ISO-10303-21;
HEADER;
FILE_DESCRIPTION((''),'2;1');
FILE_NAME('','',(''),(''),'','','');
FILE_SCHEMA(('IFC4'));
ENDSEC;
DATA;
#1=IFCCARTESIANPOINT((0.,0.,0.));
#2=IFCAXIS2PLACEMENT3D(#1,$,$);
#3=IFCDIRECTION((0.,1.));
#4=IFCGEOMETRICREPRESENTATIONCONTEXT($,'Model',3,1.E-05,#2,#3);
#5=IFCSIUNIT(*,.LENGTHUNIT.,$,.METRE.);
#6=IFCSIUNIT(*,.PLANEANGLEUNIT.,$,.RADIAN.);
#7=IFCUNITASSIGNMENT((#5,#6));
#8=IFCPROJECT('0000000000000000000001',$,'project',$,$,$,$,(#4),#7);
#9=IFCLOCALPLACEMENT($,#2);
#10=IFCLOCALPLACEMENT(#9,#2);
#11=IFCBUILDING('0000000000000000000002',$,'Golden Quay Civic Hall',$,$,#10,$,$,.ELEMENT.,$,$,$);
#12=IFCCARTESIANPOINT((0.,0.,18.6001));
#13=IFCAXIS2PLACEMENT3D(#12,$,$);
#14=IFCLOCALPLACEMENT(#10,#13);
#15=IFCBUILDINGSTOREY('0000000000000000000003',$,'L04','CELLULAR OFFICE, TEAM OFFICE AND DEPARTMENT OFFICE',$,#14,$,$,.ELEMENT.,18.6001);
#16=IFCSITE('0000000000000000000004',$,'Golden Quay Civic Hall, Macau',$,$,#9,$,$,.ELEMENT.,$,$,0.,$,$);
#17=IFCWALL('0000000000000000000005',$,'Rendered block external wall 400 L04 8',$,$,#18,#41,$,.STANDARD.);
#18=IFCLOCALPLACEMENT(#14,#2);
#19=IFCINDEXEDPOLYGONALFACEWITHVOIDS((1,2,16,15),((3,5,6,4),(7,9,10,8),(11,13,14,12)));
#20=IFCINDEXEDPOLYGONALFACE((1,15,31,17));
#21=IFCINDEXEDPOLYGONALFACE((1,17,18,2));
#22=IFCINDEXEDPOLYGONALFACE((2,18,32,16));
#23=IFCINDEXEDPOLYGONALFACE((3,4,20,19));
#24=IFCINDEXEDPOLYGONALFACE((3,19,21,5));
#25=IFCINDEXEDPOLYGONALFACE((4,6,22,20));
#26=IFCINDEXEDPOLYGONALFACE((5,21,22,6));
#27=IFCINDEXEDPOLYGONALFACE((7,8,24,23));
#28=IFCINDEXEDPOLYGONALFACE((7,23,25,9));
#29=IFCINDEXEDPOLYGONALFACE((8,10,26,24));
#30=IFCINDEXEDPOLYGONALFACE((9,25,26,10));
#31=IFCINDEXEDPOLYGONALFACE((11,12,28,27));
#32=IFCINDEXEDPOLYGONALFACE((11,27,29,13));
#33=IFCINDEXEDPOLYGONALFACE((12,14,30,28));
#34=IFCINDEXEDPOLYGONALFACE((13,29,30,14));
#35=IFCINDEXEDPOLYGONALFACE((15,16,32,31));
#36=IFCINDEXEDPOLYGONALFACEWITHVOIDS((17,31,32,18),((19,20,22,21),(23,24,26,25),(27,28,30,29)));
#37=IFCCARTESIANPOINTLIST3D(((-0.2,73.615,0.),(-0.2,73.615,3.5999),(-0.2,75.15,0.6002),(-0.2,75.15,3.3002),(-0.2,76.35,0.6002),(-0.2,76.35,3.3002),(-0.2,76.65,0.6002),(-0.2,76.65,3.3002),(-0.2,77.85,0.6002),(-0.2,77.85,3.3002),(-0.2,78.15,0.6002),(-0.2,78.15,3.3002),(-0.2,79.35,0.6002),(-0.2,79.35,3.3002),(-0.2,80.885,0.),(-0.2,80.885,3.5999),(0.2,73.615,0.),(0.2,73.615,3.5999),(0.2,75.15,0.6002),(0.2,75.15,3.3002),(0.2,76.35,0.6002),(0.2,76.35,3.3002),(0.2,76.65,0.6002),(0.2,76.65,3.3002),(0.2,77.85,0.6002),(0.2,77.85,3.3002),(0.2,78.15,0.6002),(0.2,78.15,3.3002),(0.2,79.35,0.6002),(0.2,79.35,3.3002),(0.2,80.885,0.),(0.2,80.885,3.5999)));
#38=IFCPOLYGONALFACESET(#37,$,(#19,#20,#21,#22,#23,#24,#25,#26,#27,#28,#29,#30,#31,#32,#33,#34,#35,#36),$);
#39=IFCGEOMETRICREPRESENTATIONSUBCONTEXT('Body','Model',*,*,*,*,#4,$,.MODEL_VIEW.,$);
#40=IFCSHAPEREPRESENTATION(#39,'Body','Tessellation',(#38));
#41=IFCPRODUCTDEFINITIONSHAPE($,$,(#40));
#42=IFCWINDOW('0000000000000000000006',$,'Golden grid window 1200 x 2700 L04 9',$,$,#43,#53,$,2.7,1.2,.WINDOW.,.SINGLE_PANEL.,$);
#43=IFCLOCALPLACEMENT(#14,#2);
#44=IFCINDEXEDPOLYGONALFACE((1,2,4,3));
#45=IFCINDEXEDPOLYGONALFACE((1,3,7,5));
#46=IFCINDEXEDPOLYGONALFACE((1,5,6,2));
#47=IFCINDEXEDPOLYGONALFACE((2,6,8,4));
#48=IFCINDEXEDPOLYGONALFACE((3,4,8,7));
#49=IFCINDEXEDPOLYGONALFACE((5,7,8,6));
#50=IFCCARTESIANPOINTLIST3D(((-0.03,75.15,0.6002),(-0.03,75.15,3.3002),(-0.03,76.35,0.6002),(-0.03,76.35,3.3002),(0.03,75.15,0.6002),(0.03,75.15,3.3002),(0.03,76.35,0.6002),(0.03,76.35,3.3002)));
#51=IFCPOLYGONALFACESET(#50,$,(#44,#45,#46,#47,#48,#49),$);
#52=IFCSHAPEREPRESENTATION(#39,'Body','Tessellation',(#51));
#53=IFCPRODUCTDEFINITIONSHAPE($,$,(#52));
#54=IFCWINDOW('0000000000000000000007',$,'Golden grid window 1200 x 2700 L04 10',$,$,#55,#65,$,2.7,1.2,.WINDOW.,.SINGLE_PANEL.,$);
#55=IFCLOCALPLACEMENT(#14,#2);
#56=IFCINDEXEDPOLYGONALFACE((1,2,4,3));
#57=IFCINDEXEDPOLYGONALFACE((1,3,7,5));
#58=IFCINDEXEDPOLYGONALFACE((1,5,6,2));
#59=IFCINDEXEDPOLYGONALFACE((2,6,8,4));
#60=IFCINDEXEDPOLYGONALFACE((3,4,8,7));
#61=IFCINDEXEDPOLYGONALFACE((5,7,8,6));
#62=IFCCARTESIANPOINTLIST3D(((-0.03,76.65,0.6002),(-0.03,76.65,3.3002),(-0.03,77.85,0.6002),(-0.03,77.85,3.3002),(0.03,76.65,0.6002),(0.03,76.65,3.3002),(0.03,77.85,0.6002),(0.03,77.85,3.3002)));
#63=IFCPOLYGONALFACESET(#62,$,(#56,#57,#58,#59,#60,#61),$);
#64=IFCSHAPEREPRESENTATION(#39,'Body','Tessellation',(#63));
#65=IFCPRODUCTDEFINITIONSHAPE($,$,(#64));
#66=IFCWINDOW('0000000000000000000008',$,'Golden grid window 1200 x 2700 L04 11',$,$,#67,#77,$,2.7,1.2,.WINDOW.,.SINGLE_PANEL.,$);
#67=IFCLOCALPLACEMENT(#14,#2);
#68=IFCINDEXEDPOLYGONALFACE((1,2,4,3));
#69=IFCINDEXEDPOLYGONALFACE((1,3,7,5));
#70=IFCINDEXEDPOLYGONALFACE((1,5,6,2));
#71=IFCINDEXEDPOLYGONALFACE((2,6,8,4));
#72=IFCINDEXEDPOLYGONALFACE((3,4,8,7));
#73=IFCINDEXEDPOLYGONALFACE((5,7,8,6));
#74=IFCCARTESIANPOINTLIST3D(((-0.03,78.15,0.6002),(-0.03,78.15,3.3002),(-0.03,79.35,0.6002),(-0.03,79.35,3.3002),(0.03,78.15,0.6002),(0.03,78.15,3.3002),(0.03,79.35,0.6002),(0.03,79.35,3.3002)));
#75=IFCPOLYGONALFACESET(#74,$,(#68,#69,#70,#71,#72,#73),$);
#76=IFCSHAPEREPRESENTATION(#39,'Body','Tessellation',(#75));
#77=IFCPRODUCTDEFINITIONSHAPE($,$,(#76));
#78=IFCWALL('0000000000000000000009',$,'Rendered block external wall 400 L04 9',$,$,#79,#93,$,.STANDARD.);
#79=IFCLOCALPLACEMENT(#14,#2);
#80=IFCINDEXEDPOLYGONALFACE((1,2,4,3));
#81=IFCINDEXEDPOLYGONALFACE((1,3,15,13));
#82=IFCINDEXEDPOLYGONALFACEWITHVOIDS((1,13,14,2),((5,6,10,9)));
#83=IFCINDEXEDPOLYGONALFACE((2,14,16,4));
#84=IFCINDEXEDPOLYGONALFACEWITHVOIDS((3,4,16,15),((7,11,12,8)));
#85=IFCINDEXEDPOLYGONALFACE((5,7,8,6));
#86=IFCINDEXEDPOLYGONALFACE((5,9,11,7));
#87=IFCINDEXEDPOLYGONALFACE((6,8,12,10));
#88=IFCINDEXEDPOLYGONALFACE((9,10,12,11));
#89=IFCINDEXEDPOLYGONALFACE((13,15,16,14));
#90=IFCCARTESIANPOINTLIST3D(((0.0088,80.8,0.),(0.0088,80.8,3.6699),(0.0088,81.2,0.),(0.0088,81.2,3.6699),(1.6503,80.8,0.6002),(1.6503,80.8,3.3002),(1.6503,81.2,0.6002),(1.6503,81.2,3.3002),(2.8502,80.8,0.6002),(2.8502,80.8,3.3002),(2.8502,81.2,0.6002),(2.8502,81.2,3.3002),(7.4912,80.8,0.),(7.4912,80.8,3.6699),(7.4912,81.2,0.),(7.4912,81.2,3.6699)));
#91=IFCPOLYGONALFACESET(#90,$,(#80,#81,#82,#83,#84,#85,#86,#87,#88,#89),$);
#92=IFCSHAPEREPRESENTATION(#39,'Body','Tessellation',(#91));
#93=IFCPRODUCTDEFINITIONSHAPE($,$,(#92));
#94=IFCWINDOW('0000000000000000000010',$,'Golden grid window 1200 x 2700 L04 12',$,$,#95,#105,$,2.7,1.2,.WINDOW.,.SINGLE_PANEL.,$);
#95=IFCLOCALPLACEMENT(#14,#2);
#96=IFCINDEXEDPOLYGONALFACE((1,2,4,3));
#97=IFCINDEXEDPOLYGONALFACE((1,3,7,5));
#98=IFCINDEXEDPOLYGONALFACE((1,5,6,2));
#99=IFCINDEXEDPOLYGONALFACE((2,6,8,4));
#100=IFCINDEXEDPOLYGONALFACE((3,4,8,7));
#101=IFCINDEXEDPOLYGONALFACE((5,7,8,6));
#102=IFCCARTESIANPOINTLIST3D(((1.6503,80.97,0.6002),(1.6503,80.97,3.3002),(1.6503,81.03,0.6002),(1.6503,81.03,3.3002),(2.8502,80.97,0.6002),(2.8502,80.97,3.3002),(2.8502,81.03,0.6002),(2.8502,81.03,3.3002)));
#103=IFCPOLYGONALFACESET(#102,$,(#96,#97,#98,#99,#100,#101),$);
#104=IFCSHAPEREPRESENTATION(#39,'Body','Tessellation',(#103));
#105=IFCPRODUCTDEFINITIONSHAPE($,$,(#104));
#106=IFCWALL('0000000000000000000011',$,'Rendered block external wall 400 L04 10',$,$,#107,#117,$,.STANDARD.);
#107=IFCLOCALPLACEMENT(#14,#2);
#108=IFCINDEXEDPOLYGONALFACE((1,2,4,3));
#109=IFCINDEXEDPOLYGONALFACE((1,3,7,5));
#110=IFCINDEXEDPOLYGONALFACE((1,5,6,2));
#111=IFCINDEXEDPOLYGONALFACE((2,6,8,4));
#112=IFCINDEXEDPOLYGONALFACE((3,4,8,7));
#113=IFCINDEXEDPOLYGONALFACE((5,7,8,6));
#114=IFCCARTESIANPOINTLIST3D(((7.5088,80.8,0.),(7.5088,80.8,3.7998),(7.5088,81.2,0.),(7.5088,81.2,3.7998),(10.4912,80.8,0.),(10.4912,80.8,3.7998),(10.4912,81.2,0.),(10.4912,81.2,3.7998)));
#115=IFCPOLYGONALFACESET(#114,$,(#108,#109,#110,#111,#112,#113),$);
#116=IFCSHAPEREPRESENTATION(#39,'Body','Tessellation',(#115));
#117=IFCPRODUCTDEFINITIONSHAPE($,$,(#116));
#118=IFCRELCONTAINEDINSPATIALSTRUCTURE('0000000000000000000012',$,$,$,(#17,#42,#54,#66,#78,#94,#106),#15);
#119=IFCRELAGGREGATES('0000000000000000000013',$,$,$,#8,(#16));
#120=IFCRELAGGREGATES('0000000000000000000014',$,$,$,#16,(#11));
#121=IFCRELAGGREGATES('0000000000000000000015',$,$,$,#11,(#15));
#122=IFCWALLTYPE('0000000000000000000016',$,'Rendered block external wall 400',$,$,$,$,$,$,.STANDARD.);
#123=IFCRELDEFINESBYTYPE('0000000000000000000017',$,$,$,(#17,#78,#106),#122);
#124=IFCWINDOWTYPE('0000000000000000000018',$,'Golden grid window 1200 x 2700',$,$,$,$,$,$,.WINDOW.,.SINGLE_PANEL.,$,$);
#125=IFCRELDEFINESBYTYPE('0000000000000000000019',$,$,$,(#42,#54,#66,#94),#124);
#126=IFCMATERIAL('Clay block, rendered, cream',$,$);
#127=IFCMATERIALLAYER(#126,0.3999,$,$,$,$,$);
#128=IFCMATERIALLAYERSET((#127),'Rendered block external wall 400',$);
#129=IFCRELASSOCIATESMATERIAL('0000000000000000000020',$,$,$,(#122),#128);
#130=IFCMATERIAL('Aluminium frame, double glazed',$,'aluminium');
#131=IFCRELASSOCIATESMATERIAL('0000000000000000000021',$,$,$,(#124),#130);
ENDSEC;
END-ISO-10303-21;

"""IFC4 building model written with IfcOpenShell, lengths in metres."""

from ifc_helpers import new_model, si_unit, direction, frame, frame_2d, origin, place, context, subcontext, project, spatial, rectangle, extrude, material, layer, layer_set, type_object, element, fill, save


model = new_model("IFC4")

# Units and contexts
model_context = context("Model", 3, precision=1e-05, world=origin(), true_north=direction((0.0, 1.0)))
body_context = subcontext(model_context, "Body", "Model", "MODEL_VIEW")
ifc_project = project(units=[si_unit("LENGTHUNIT", "METRE"), si_unit("PLANEANGLEUNIT", "RADIAN")], contexts=[model_context])

# Site, building, storey
site_placement = place(None, origin())
site = spatial("IfcSite", under=ifc_project, at=site_placement, Name="Golden Quay Civic Hall, Macau", CompositionType="ELEMENT", RefElevation=0.0)
building_placement = place(site_placement, origin())
building = spatial("IfcBuilding", under=site, at=building_placement, Name="Golden Quay Civic Hall", CompositionType="ELEMENT")
storey_placement = place(building_placement, frame((0.0, 0.0, 18.6001)))
storey = spatial("IfcBuildingStorey", under=building, at=storey_placement, Name="L04", Description="CELLULAR OFFICE, TEAM OFFICE AND DEPARTMENT OFFICE", CompositionType="ELEMENT", Elevation=18.6001)

# Wall, openings, windows
ifc_material_1 = material(Name="Clay block, rendered, cream")
ifc_layer_1 = layer(ifc_material_1, 0.3999)
ifc_layer_set_1 = layer_set([ifc_layer_1], Name="Rendered block external wall 400")
wall_type_1 = type_object("IfcWallType", Name="Rendered block external wall 400", PredefinedType="STANDARD", material=ifc_layer_set_1)
wall_1_placement = place(storey_placement, frame((0.0, 73.615, 0.0), z_axis=(0.0, 0.0, 1.0), x_axis=(0.0, 1.0, 0.0)))
wall_1 = element("IfcWall", 1, at=wall_1_placement, inside=storey, type_object=wall_type_1, Name="Rendered block external wall 400 L04 8", PredefinedType="STANDARD", context=body_context, shape_type="SweptSolid", body=[
    extrude(rectangle(XDim=7.27, YDim=0.3999, at=frame_2d((3.635, 0.0))), origin(), (0.0, 0.0, 1.0), 3.5999),
])
opening_1_placement = place(wall_1_placement, frame((1.5349, 0.0, 0.6001)))
opening_1 = element("IfcOpeningElement", 2, at=opening_1_placement, cuts=wall_1, PredefinedType="OPENING", context=body_context, shape_type="SweptSolid", body=[
    extrude(rectangle(XDim=1.2, YDim=2.7, at=frame_2d((0.6001, 1.3501))), frame((0.0, 0.21, 0.0), z_axis=(0.0, -1.0, 0.0), x_axis=(1.0, 0.0, 0.0)), (0.0, 0.0, 1.0), 0.4199),
])
opening_2_placement = place(wall_1_placement, frame((3.0349, 0.0, 0.6001)))
opening_2 = element("IfcOpeningElement", 3, at=opening_2_placement, cuts=wall_1, PredefinedType="OPENING", context=body_context, shape_type="SweptSolid", body=[
    extrude(rectangle(XDim=1.2, YDim=2.7, at=frame_2d((0.6001, 1.3501))), frame((0.0, 0.21, 0.0), z_axis=(0.0, -1.0, 0.0), x_axis=(1.0, 0.0, 0.0)), (0.0, 0.0, 1.0), 0.4199),
])
opening_3_placement = place(wall_1_placement, frame((4.5349, 0.0, 0.6001)))
opening_3 = element("IfcOpeningElement", 4, at=opening_3_placement, cuts=wall_1, PredefinedType="OPENING", context=body_context, shape_type="SweptSolid", body=[
    extrude(rectangle(XDim=1.2, YDim=2.7, at=frame_2d((0.6001, 1.3501))), frame((0.0, 0.21, 0.0), z_axis=(0.0, -1.0, 0.0), x_axis=(1.0, 0.0, 0.0)), (0.0, 0.0, 1.0), 0.4199),
])
ifc_material_2 = material(Name="Aluminium frame, double glazed", Category="aluminium")
window_type = type_object("IfcWindowType", Name="Golden grid window 1200 x 2700", PartitioningType="SINGLE_PANEL", PredefinedType="WINDOW", material=ifc_material_2)
window_1_placement = place(opening_1_placement, origin())
window_1 = element("IfcWindow", 5, at=window_1_placement, inside=storey, type_object=window_type, Name="Golden grid window 1200 x 2700 L04 9", OverallHeight=2.7, OverallWidth=1.2, PartitioningType="SINGLE_PANEL", PredefinedType="WINDOW", context=body_context, shape_type="SweptSolid", body=[
    extrude(rectangle(XDim=1.2, YDim=2.7, at=frame_2d((0.6001, 1.3501))), frame((0.0, 0.03, 0.0), z_axis=(0.0, -1.0, 0.0), x_axis=(1.0, 0.0, 0.0)), (0.0, 0.0, 1.0), 0.0601),
])
fill(opening_1, window_1)
window_2_placement = place(opening_2_placement, origin())
window_2 = element("IfcWindow", 6, at=window_2_placement, inside=storey, type_object=window_type, Name="Golden grid window 1200 x 2700 L04 10", OverallHeight=2.7, OverallWidth=1.2, PartitioningType="SINGLE_PANEL", PredefinedType="WINDOW", context=body_context, shape_type="SweptSolid", body=[
    extrude(rectangle(XDim=1.2, YDim=2.7, at=frame_2d((0.6001, 1.3501))), frame((0.0, 0.03, 0.0), z_axis=(0.0, -1.0, 0.0), x_axis=(1.0, 0.0, 0.0)), (0.0, 0.0, 1.0), 0.0601),
])
fill(opening_2, window_2)
window_3_placement = place(opening_3_placement, origin())
window_3 = element("IfcWindow", 7, at=window_3_placement, inside=storey, type_object=window_type, Name="Golden grid window 1200 x 2700 L04 11", OverallHeight=2.7, OverallWidth=1.2, PartitioningType="SINGLE_PANEL", PredefinedType="WINDOW", context=body_context, shape_type="SweptSolid", body=[
    extrude(rectangle(XDim=1.2, YDim=2.7, at=frame_2d((0.6001, 1.3501))), frame((0.0, 0.03, 0.0), z_axis=(0.0, -1.0, 0.0), x_axis=(1.0, 0.0, 0.0)), (0.0, 0.0, 1.0), 0.0601),
])
fill(opening_3, window_3)

# Wall, opening, window
wall_2_placement = place(storey_placement, frame((0.0088, 81.0, 0.0), z_axis=(0.0, 0.0, 1.0), x_axis=(1.0, 0.0, 0.0)))
wall_2 = element("IfcWall", 8, at=wall_2_placement, inside=storey, type_object=wall_type_1, Name="Rendered block external wall 400 L04 9", PredefinedType="STANDARD", context=body_context, shape_type="SweptSolid", body=[
    extrude(rectangle(XDim=7.4824, YDim=0.3999, at=frame_2d((3.7412, 0.0))), origin(), (0.0, 0.0, 1.0), 3.6699),
])
opening_4_placement = place(wall_2_placement, frame((1.6414, 0.0, 0.6001)))
opening_4 = element("IfcOpeningElement", 9, at=opening_4_placement, cuts=wall_2, PredefinedType="OPENING", context=body_context, shape_type="SweptSolid", body=[
    extrude(rectangle(XDim=1.2, YDim=2.7, at=frame_2d((0.6001, 1.3501))), frame((0.0, 0.21, 0.0), z_axis=(0.0, -1.0, 0.0), x_axis=(1.0, 0.0, 0.0)), (0.0, 0.0, 1.0), 0.4199),
])
window_4_placement = place(opening_4_placement, origin())
window_4 = element("IfcWindow", 10, at=window_4_placement, inside=storey, type_object=window_type, Name="Golden grid window 1200 x 2700 L04 12", OverallHeight=2.7, OverallWidth=1.2, PartitioningType="SINGLE_PANEL", PredefinedType="WINDOW", context=body_context, shape_type="SweptSolid", body=[
    extrude(rectangle(XDim=1.2, YDim=2.7, at=frame_2d((0.6001, 1.3501))), frame((0.0, 0.03, 0.0), z_axis=(0.0, -1.0, 0.0), x_axis=(1.0, 0.0, 0.0)), (0.0, 0.0, 1.0), 0.0601),
])
fill(opening_4, window_4)

# Wall
wall_3_placement = place(storey_placement, frame((7.5088, 81.0, 0.0), z_axis=(0.0, 0.0, 1.0), x_axis=(1.0, 0.0, 0.0)))
element("IfcWall", 11, at=wall_3_placement, inside=storey, type_object=wall_type_1, Name="Rendered block external wall 400 L04 10", PredefinedType="STANDARD", context=body_context, shape_type="SweptSolid", body=[
    extrude(rectangle(XDim=2.9824, YDim=0.3999, at=frame_2d((1.4912, 0.0))), origin(), (0.0, 0.0, 1.0), 3.7998),
])

save(model, "model.ifc")
